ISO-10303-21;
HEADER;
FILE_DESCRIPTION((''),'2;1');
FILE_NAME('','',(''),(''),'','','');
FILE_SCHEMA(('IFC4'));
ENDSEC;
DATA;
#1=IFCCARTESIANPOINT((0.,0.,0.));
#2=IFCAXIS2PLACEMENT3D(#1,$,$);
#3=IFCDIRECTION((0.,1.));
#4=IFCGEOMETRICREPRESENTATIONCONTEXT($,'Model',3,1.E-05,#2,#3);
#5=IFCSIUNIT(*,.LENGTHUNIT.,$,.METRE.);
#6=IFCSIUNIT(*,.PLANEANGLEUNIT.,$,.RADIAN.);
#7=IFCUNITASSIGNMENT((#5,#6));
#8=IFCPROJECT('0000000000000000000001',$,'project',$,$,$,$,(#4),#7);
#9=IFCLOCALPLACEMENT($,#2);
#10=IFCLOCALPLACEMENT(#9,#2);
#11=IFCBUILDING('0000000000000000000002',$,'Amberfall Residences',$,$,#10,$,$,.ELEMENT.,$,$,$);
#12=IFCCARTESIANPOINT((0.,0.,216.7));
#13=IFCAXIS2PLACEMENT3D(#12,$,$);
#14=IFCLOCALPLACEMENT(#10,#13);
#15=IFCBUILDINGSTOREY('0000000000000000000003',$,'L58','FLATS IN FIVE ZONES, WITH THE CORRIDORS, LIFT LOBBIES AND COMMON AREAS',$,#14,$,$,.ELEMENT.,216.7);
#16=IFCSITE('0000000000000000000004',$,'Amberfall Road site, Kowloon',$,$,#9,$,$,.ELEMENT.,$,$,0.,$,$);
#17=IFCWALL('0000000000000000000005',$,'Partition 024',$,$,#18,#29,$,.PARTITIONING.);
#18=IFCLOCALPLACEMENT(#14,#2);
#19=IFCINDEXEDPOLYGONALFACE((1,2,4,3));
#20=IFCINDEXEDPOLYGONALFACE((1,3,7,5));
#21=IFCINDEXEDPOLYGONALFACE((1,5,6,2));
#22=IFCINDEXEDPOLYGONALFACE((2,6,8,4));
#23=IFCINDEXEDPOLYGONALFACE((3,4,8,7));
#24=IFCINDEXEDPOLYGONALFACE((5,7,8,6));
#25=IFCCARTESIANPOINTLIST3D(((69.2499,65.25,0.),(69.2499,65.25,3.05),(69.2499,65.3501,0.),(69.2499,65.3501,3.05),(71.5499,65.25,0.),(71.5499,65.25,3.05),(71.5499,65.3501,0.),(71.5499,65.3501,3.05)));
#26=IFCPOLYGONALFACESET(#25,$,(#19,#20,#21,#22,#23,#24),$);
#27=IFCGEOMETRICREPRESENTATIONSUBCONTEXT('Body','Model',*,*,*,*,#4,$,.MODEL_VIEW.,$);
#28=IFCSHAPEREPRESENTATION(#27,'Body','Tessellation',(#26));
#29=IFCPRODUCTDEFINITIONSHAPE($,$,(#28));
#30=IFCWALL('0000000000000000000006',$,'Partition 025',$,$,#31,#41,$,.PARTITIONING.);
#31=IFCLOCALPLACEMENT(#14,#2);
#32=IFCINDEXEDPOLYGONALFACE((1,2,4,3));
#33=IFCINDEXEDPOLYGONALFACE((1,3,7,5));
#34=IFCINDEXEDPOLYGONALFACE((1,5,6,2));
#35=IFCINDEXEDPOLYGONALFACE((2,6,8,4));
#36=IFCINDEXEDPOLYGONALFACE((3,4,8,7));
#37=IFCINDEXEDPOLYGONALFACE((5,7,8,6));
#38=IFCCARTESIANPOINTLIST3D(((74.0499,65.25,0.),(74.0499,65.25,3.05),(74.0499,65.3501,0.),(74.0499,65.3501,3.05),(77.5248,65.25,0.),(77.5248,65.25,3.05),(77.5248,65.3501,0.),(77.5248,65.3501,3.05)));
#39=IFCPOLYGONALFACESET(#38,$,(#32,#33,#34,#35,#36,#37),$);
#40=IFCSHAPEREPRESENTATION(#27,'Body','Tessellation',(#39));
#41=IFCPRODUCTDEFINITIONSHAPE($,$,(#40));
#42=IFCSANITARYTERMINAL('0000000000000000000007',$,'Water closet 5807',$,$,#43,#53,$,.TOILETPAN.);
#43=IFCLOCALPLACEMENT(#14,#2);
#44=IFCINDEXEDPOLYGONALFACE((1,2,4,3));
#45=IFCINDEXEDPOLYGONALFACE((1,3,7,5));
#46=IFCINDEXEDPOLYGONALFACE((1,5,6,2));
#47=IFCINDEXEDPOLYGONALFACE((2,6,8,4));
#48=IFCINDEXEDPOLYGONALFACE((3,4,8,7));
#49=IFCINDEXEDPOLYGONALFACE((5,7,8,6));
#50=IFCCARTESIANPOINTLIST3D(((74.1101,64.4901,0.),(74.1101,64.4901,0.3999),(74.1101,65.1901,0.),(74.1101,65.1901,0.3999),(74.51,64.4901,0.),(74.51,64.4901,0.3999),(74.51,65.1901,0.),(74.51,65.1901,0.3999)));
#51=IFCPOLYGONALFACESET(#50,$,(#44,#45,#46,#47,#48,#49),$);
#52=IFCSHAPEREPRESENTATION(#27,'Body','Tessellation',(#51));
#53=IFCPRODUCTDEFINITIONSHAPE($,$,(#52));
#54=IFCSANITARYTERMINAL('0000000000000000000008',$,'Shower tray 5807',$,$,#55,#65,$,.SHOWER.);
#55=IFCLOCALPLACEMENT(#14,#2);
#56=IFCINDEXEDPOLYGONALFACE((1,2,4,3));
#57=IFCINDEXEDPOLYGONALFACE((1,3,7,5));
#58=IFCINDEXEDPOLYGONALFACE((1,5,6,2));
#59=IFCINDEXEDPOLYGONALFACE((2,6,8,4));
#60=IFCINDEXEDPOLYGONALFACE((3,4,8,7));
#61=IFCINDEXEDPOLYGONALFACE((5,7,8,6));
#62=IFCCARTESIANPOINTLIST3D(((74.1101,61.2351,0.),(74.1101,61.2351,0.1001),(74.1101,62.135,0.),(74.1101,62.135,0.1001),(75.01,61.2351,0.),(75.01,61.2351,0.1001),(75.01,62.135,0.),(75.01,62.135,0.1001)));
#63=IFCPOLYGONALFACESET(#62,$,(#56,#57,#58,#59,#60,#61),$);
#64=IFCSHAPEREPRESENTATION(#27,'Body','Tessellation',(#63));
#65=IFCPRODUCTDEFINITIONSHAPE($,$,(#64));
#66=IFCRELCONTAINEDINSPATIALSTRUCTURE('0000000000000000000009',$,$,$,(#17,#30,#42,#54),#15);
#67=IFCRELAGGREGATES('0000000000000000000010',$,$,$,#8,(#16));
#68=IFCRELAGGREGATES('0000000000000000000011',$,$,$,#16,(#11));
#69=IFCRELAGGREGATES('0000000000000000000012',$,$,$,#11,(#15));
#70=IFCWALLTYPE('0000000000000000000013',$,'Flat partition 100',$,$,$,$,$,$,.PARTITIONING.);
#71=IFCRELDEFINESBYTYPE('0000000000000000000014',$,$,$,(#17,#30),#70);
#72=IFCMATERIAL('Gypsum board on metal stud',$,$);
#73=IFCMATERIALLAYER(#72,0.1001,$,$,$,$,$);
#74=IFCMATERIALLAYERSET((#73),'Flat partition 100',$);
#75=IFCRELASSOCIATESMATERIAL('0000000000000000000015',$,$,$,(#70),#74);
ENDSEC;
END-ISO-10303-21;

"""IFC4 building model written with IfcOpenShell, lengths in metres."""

from ifc_helpers import new_model, si_unit, direction, frame, frame_2d, origin, origin_2d, place, context, subcontext, project, spatial, rectangle, extrude, material, layer, layer_set, type_object, element, save


model = new_model("IFC4")

# Units and contexts
model_context = context("Model", 3, precision=1e-05, world=origin(), true_north=direction((0.0, 1.0)))
body_context = subcontext(model_context, "Body", "Model", "MODEL_VIEW")
ifc_project = project(units=[si_unit("LENGTHUNIT", "METRE"), si_unit("PLANEANGLEUNIT", "RADIAN")], contexts=[model_context])

# Site, building, storey
site_placement = place(None, origin())
site = spatial("IfcSite", under=ifc_project, at=site_placement, Name="Amberfall Road site, Kowloon", CompositionType="ELEMENT", RefElevation=0.0)
building_placement = place(site_placement, origin())
building = spatial("IfcBuilding", under=site, at=building_placement, Name="Amberfall Residences", CompositionType="ELEMENT")
storey_placement = place(building_placement, frame((0.0, 0.0, 216.7)))
storey = spatial("IfcBuildingStorey", under=building, at=storey_placement, Name="L58", Description="FLATS IN FIVE ZONES, WITH THE CORRIDORS, LIFT LOBBIES AND COMMON AREAS", CompositionType="ELEMENT", Elevation=216.7)

# Shared definitions
ifc_material_1 = material(Name="Gypsum board on metal stud")
ifc_layer_1 = layer(ifc_material_1, 0.1001)
ifc_layer_set_1 = layer_set([ifc_layer_1], Name="Flat partition 100")
wall_type = type_object("IfcWallType", Name="Flat partition 100", PredefinedType="PARTITIONING", material=ifc_layer_set_1)

# Walls
wall_1_placement = place(storey_placement, frame((69.25, 65.3, 0.0), z_axis=(0.0, 0.0, 1.0), x_axis=(1.0, 0.0, 0.0)))
element("IfcWall", 1, at=wall_1_placement, inside=storey, type_object=wall_type, Name="Partition 024", PredefinedType="PARTITIONING", context=body_context, shape_type="SweptSolid", body=[
    extrude(rectangle(XDim=2.3, YDim=0.1001, at=frame_2d((1.1499, 0.0))), origin(), (0.0, 0.0, 1.0), 3.05),
])
wall_2_placement = place(storey_placement, frame((74.05, 65.3, 0.0), z_axis=(0.0, 0.0, 1.0), x_axis=(1.0, 0.0, 0.0)))
element("IfcWall", 2, at=wall_2_placement, inside=storey, type_object=wall_type, Name="Partition 025", PredefinedType="PARTITIONING", context=body_context, shape_type="SweptSolid", body=[
    extrude(rectangle(XDim=3.4749, YDim=0.1001, at=frame_2d((1.7373, 0.0))), origin(), (0.0, 0.0, 1.0), 3.05),
])

# Sanitary terminals
sanitary_terminal_1_placement = place(storey_placement, frame((74.3101, 64.8401, 0.0), z_axis=(0.0, 0.0, 1.0), x_axis=(1.0, 0.0, 0.0)))
element("IfcSanitaryTerminal", 3, at=sanitary_terminal_1_placement, inside=storey, Name="Water closet 5807", PredefinedType="TOILETPAN", context=body_context, shape_type="SweptSolid", body=[
    extrude(rectangle(XDim=0.3999, YDim=0.7, at=origin_2d()), origin(), (0.0, 0.0, 1.0), 0.3999),
])
sanitary_terminal_2_placement = place(storey_placement, frame((74.5601, 61.6851, 0.0), z_axis=(0.0, 0.0, 1.0), x_axis=(1.0, 0.0, 0.0)))
element("IfcSanitaryTerminal", 4, at=sanitary_terminal_2_placement, inside=storey, Name="Shower tray 5807", PredefinedType="SHOWER", context=body_context, shape_type="SweptSolid", body=[
    extrude(rectangle(XDim=0.8999, YDim=0.8999, at=origin_2d()), origin(), (0.0, 0.0, 1.0), 0.1001),
])

save(model, "model.ifc")
